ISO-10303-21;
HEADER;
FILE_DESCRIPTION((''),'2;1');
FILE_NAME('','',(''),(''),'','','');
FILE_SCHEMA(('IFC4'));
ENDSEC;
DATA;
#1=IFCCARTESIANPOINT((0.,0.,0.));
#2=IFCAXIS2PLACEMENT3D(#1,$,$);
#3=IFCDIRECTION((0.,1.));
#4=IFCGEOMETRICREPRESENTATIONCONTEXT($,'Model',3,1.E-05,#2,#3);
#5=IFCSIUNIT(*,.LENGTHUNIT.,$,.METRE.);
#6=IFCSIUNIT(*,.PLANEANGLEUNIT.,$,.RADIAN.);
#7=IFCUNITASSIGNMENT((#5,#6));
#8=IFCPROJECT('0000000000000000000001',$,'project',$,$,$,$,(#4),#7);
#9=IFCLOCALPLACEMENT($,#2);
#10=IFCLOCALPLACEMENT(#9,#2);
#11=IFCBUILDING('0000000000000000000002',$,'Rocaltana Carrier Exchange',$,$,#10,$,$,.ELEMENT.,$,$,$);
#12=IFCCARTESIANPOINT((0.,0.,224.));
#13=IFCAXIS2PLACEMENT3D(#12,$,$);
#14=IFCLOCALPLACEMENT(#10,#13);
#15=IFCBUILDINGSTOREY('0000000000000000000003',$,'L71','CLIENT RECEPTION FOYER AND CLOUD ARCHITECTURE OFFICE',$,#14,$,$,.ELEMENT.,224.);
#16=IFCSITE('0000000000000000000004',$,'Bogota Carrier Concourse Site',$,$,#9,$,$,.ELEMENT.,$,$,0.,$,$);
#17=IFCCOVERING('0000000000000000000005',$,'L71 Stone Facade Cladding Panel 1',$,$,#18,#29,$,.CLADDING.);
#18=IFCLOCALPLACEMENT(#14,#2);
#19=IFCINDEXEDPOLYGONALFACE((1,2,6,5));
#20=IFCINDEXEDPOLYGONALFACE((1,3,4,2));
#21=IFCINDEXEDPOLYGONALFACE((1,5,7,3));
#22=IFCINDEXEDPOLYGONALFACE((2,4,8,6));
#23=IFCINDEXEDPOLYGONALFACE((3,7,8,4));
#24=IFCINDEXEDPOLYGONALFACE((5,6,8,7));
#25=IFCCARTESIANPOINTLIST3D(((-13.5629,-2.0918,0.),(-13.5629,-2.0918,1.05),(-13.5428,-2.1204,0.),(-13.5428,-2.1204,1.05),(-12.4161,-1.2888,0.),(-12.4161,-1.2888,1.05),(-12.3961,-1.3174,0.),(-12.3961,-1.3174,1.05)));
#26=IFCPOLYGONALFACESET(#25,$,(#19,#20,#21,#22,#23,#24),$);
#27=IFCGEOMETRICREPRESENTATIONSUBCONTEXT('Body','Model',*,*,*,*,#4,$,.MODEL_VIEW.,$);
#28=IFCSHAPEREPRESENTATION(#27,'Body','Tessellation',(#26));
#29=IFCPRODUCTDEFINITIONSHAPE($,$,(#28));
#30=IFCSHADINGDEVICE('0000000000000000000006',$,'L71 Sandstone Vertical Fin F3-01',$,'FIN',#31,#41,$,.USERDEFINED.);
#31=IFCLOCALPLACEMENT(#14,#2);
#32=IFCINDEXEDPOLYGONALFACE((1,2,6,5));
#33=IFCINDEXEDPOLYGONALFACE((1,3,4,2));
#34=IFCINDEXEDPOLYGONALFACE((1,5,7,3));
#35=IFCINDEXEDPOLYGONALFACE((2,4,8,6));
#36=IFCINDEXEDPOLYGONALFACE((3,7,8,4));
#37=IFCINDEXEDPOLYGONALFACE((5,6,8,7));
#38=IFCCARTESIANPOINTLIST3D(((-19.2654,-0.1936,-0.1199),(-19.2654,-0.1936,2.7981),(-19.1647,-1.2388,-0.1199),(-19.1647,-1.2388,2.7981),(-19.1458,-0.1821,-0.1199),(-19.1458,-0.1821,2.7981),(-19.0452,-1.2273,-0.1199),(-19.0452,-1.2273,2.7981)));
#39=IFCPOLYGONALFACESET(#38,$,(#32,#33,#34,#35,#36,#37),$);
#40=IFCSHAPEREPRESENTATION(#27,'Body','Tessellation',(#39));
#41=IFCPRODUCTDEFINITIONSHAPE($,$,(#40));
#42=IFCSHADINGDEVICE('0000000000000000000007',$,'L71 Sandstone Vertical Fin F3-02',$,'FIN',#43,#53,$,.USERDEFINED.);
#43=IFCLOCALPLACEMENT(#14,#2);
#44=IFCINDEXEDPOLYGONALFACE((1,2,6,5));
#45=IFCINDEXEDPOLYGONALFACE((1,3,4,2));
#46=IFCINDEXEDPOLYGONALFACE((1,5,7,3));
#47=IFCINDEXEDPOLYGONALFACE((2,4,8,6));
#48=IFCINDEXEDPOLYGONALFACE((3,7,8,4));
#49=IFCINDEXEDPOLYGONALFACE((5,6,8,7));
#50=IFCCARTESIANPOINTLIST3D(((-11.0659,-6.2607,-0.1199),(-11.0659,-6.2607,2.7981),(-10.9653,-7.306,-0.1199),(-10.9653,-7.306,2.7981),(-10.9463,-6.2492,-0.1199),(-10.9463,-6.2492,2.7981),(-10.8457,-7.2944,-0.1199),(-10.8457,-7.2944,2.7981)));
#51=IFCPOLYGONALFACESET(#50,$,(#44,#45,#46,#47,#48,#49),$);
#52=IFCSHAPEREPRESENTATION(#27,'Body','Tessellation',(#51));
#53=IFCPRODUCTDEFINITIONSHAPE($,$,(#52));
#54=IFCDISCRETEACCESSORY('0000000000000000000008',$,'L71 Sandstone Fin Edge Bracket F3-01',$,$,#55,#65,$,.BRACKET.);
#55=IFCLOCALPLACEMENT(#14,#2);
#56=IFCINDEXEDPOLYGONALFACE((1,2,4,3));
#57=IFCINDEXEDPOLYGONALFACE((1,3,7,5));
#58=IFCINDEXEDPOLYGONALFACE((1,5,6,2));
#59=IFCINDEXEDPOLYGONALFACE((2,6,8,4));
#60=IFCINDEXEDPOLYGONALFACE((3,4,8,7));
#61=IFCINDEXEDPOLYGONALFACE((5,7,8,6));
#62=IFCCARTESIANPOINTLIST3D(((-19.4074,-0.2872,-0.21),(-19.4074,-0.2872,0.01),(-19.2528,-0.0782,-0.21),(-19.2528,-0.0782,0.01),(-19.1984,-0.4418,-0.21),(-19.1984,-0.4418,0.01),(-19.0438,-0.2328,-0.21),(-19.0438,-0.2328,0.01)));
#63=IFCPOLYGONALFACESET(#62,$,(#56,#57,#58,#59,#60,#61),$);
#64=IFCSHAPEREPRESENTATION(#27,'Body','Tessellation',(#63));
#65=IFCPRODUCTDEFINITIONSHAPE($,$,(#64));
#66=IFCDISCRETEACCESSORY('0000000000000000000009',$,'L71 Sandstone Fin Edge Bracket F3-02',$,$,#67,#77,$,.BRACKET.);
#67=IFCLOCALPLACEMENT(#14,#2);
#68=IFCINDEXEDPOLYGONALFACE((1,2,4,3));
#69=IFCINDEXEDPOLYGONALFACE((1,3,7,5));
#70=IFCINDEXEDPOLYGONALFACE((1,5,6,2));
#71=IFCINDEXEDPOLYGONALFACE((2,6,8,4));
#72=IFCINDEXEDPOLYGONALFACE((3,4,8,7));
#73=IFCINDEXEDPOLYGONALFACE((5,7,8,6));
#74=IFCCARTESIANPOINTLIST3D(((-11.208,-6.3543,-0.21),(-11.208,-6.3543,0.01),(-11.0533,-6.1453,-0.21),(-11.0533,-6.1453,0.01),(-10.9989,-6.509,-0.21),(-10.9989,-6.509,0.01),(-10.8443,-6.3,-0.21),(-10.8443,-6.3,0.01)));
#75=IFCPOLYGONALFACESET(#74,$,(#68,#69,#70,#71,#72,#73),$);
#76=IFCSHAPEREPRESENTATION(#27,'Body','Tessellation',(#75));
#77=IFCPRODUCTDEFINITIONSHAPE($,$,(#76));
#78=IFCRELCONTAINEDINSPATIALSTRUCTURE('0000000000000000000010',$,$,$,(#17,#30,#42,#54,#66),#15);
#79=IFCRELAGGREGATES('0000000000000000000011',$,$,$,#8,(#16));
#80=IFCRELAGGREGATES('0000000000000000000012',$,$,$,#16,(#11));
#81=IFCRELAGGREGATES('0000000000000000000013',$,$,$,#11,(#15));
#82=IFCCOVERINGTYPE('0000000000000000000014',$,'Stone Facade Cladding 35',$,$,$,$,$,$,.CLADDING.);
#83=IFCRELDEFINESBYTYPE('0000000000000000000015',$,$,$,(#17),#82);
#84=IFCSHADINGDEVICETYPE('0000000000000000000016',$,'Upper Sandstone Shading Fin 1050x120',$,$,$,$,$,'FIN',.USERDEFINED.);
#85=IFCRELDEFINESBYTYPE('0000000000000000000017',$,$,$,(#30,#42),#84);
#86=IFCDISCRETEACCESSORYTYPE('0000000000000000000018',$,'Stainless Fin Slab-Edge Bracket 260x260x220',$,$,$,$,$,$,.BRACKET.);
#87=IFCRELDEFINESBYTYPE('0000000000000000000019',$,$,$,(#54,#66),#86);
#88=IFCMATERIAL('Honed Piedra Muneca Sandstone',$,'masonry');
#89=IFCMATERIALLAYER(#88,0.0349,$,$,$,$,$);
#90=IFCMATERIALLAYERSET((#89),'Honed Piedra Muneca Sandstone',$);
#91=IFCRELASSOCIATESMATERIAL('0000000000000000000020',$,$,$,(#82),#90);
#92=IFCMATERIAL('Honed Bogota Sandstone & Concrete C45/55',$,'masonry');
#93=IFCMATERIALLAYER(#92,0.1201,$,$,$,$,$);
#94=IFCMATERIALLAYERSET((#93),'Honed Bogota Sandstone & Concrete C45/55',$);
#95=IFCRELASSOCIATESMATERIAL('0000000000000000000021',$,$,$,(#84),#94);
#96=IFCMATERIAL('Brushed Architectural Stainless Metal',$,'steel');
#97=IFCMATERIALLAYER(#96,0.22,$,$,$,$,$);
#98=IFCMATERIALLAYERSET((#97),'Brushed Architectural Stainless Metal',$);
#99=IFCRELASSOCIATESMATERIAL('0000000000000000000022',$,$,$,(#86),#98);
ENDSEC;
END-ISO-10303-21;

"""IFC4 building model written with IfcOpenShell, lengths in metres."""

from ifc_helpers import new_model, si_unit, direction, frame, origin, origin_2d, place, context, subcontext, project, spatial, rectangle, extrude, material, layer, layer_set, type_object, element, save


model = new_model("IFC4")

# Units and contexts
model_context = context("Model", 3, precision=1e-05, world=origin(), true_north=direction((0.0, 1.0)))
body_context = subcontext(model_context, "Body", "Model", "MODEL_VIEW")
ifc_project = project(units=[si_unit("LENGTHUNIT", "METRE"), si_unit("PLANEANGLEUNIT", "RADIAN")], contexts=[model_context])

# Site, building, storey
site_placement = place(None, origin())
site = spatial("IfcSite", under=ifc_project, at=site_placement, Name="Bogota Carrier Concourse Site", CompositionType="ELEMENT", RefElevation=0.0)
building_placement = place(site_placement, origin())
building = spatial("IfcBuilding", under=site, at=building_placement, Name="Rocaltana Carrier Exchange", CompositionType="ELEMENT")
storey_placement = place(building_placement, frame((0.0, 0.0, 224.0)))
storey = spatial("IfcBuildingStorey", under=building, at=storey_placement, Name="L71", Description="CLIENT RECEPTION FOYER AND CLOUD ARCHITECTURE OFFICE", CompositionType="ELEMENT", Elevation=224.0)

# Covering
ifc_material_1 = material(Name="Honed Piedra Muneca Sandstone", Category="masonry")
ifc_layer_1 = layer(ifc_material_1, 0.0349)
ifc_layer_set_1 = layer_set([ifc_layer_1], Name="Honed Piedra Muneca Sandstone")
covering_type = type_object("IfcCoveringType", Name="Stone Facade Cladding 35", PredefinedType="CLADDING", material=ifc_layer_set_1)
covering_placement = place(storey_placement, frame((-12.9795, -1.7046, 0.0), z_axis=(0.0, 0.0, 1.0), x_axis=(0.819152, 0.573576, 0.0)))
element("IfcCovering", 1, at=covering_placement, inside=storey, type_object=covering_type, Name="L71 Stone Facade Cladding Panel 1", PredefinedType="CLADDING", context=body_context, shape_type="SweptSolid", body=[
    extrude(rectangle(XDim=1.3999, YDim=0.0349, at=origin_2d()), origin(), (0.0, 0.0, 1.0), 1.05),
])

# Shading devices
ifc_material_2 = material(Name="Honed Bogota Sandstone & Concrete C45/55", Category="masonry")
ifc_layer_2 = layer(ifc_material_2, 0.1201)
ifc_layer_set_2 = layer_set([ifc_layer_2], Name="Honed Bogota Sandstone & Concrete C45/55")
shading_device_type = type_object("IfcShadingDeviceType", Name="Upper Sandstone Shading Fin 1050x120", ElementType="FIN", PredefinedType="USERDEFINED", material=ifc_layer_set_2)
for number, where, z_axis, x_axis, name in (
    (2, (-19.1553, -0.7104, -0.1199), (0.0, 0.0, 1.0), (0.095846, -0.995396, 0.0), "L71 Sandstone Vertical Fin F3-01"),
    (3, (-10.9558, -6.7776, -0.1199), (0.0, 0.0, 1.0), (0.095846, -0.995396, 0.0), "L71 Sandstone Vertical Fin F3-02"),
):
    element("IfcShadingDevice", number, at=place(storey_placement, frame(where, z_axis=z_axis, x_axis=x_axis)), inside=storey, type_object=shading_device_type, Name=name, ObjectType="FIN", PredefinedType="USERDEFINED", context=body_context, shape_type="SweptSolid", body=[
        extrude(rectangle(XDim=1.05, YDim=0.1201, at=origin_2d()), origin(), (0.0, 0.0, 1.0), 2.918),
    ])

# Discrete accessories
ifc_material_3 = material(Name="Brushed Architectural Stainless Metal", Category="steel")
ifc_layer_3 = layer(ifc_material_3, 0.22)
ifc_layer_set_3 = layer_set([ifc_layer_3], Name="Brushed Architectural Stainless Metal")
discrete_accessory_type = type_object("IfcDiscreteAccessoryType", Name="Stainless Fin Slab-Edge Bracket 260x260x220", PredefinedType="BRACKET", material=ifc_layer_set_3)
for number, where, z_axis, x_axis, name in (
    (4, (-19.2256, -0.26, -0.21), (0.0, 0.0, 1.0), (0.803857, -0.594823, 0.0), "L71 Sandstone Fin Edge Bracket F3-01"),
    (5, (-11.0261, -6.3271, -0.21), (0.0, 0.0, 1.0), (0.803857, -0.594823, 0.0), "L71 Sandstone Fin Edge Bracket F3-02"),
):
    element("IfcDiscreteAccessory", number, at=place(storey_placement, frame(where, z_axis=z_axis, x_axis=x_axis)), inside=storey, type_object=discrete_accessory_type, Name=name, PredefinedType="BRACKET", context=body_context, shape_type="SweptSolid", body=[
        extrude(rectangle(XDim=0.26, YDim=0.26, at=origin_2d()), origin(), (0.0, 0.0, 1.0), 0.22),
    ])

save(model, "model.ifc")
